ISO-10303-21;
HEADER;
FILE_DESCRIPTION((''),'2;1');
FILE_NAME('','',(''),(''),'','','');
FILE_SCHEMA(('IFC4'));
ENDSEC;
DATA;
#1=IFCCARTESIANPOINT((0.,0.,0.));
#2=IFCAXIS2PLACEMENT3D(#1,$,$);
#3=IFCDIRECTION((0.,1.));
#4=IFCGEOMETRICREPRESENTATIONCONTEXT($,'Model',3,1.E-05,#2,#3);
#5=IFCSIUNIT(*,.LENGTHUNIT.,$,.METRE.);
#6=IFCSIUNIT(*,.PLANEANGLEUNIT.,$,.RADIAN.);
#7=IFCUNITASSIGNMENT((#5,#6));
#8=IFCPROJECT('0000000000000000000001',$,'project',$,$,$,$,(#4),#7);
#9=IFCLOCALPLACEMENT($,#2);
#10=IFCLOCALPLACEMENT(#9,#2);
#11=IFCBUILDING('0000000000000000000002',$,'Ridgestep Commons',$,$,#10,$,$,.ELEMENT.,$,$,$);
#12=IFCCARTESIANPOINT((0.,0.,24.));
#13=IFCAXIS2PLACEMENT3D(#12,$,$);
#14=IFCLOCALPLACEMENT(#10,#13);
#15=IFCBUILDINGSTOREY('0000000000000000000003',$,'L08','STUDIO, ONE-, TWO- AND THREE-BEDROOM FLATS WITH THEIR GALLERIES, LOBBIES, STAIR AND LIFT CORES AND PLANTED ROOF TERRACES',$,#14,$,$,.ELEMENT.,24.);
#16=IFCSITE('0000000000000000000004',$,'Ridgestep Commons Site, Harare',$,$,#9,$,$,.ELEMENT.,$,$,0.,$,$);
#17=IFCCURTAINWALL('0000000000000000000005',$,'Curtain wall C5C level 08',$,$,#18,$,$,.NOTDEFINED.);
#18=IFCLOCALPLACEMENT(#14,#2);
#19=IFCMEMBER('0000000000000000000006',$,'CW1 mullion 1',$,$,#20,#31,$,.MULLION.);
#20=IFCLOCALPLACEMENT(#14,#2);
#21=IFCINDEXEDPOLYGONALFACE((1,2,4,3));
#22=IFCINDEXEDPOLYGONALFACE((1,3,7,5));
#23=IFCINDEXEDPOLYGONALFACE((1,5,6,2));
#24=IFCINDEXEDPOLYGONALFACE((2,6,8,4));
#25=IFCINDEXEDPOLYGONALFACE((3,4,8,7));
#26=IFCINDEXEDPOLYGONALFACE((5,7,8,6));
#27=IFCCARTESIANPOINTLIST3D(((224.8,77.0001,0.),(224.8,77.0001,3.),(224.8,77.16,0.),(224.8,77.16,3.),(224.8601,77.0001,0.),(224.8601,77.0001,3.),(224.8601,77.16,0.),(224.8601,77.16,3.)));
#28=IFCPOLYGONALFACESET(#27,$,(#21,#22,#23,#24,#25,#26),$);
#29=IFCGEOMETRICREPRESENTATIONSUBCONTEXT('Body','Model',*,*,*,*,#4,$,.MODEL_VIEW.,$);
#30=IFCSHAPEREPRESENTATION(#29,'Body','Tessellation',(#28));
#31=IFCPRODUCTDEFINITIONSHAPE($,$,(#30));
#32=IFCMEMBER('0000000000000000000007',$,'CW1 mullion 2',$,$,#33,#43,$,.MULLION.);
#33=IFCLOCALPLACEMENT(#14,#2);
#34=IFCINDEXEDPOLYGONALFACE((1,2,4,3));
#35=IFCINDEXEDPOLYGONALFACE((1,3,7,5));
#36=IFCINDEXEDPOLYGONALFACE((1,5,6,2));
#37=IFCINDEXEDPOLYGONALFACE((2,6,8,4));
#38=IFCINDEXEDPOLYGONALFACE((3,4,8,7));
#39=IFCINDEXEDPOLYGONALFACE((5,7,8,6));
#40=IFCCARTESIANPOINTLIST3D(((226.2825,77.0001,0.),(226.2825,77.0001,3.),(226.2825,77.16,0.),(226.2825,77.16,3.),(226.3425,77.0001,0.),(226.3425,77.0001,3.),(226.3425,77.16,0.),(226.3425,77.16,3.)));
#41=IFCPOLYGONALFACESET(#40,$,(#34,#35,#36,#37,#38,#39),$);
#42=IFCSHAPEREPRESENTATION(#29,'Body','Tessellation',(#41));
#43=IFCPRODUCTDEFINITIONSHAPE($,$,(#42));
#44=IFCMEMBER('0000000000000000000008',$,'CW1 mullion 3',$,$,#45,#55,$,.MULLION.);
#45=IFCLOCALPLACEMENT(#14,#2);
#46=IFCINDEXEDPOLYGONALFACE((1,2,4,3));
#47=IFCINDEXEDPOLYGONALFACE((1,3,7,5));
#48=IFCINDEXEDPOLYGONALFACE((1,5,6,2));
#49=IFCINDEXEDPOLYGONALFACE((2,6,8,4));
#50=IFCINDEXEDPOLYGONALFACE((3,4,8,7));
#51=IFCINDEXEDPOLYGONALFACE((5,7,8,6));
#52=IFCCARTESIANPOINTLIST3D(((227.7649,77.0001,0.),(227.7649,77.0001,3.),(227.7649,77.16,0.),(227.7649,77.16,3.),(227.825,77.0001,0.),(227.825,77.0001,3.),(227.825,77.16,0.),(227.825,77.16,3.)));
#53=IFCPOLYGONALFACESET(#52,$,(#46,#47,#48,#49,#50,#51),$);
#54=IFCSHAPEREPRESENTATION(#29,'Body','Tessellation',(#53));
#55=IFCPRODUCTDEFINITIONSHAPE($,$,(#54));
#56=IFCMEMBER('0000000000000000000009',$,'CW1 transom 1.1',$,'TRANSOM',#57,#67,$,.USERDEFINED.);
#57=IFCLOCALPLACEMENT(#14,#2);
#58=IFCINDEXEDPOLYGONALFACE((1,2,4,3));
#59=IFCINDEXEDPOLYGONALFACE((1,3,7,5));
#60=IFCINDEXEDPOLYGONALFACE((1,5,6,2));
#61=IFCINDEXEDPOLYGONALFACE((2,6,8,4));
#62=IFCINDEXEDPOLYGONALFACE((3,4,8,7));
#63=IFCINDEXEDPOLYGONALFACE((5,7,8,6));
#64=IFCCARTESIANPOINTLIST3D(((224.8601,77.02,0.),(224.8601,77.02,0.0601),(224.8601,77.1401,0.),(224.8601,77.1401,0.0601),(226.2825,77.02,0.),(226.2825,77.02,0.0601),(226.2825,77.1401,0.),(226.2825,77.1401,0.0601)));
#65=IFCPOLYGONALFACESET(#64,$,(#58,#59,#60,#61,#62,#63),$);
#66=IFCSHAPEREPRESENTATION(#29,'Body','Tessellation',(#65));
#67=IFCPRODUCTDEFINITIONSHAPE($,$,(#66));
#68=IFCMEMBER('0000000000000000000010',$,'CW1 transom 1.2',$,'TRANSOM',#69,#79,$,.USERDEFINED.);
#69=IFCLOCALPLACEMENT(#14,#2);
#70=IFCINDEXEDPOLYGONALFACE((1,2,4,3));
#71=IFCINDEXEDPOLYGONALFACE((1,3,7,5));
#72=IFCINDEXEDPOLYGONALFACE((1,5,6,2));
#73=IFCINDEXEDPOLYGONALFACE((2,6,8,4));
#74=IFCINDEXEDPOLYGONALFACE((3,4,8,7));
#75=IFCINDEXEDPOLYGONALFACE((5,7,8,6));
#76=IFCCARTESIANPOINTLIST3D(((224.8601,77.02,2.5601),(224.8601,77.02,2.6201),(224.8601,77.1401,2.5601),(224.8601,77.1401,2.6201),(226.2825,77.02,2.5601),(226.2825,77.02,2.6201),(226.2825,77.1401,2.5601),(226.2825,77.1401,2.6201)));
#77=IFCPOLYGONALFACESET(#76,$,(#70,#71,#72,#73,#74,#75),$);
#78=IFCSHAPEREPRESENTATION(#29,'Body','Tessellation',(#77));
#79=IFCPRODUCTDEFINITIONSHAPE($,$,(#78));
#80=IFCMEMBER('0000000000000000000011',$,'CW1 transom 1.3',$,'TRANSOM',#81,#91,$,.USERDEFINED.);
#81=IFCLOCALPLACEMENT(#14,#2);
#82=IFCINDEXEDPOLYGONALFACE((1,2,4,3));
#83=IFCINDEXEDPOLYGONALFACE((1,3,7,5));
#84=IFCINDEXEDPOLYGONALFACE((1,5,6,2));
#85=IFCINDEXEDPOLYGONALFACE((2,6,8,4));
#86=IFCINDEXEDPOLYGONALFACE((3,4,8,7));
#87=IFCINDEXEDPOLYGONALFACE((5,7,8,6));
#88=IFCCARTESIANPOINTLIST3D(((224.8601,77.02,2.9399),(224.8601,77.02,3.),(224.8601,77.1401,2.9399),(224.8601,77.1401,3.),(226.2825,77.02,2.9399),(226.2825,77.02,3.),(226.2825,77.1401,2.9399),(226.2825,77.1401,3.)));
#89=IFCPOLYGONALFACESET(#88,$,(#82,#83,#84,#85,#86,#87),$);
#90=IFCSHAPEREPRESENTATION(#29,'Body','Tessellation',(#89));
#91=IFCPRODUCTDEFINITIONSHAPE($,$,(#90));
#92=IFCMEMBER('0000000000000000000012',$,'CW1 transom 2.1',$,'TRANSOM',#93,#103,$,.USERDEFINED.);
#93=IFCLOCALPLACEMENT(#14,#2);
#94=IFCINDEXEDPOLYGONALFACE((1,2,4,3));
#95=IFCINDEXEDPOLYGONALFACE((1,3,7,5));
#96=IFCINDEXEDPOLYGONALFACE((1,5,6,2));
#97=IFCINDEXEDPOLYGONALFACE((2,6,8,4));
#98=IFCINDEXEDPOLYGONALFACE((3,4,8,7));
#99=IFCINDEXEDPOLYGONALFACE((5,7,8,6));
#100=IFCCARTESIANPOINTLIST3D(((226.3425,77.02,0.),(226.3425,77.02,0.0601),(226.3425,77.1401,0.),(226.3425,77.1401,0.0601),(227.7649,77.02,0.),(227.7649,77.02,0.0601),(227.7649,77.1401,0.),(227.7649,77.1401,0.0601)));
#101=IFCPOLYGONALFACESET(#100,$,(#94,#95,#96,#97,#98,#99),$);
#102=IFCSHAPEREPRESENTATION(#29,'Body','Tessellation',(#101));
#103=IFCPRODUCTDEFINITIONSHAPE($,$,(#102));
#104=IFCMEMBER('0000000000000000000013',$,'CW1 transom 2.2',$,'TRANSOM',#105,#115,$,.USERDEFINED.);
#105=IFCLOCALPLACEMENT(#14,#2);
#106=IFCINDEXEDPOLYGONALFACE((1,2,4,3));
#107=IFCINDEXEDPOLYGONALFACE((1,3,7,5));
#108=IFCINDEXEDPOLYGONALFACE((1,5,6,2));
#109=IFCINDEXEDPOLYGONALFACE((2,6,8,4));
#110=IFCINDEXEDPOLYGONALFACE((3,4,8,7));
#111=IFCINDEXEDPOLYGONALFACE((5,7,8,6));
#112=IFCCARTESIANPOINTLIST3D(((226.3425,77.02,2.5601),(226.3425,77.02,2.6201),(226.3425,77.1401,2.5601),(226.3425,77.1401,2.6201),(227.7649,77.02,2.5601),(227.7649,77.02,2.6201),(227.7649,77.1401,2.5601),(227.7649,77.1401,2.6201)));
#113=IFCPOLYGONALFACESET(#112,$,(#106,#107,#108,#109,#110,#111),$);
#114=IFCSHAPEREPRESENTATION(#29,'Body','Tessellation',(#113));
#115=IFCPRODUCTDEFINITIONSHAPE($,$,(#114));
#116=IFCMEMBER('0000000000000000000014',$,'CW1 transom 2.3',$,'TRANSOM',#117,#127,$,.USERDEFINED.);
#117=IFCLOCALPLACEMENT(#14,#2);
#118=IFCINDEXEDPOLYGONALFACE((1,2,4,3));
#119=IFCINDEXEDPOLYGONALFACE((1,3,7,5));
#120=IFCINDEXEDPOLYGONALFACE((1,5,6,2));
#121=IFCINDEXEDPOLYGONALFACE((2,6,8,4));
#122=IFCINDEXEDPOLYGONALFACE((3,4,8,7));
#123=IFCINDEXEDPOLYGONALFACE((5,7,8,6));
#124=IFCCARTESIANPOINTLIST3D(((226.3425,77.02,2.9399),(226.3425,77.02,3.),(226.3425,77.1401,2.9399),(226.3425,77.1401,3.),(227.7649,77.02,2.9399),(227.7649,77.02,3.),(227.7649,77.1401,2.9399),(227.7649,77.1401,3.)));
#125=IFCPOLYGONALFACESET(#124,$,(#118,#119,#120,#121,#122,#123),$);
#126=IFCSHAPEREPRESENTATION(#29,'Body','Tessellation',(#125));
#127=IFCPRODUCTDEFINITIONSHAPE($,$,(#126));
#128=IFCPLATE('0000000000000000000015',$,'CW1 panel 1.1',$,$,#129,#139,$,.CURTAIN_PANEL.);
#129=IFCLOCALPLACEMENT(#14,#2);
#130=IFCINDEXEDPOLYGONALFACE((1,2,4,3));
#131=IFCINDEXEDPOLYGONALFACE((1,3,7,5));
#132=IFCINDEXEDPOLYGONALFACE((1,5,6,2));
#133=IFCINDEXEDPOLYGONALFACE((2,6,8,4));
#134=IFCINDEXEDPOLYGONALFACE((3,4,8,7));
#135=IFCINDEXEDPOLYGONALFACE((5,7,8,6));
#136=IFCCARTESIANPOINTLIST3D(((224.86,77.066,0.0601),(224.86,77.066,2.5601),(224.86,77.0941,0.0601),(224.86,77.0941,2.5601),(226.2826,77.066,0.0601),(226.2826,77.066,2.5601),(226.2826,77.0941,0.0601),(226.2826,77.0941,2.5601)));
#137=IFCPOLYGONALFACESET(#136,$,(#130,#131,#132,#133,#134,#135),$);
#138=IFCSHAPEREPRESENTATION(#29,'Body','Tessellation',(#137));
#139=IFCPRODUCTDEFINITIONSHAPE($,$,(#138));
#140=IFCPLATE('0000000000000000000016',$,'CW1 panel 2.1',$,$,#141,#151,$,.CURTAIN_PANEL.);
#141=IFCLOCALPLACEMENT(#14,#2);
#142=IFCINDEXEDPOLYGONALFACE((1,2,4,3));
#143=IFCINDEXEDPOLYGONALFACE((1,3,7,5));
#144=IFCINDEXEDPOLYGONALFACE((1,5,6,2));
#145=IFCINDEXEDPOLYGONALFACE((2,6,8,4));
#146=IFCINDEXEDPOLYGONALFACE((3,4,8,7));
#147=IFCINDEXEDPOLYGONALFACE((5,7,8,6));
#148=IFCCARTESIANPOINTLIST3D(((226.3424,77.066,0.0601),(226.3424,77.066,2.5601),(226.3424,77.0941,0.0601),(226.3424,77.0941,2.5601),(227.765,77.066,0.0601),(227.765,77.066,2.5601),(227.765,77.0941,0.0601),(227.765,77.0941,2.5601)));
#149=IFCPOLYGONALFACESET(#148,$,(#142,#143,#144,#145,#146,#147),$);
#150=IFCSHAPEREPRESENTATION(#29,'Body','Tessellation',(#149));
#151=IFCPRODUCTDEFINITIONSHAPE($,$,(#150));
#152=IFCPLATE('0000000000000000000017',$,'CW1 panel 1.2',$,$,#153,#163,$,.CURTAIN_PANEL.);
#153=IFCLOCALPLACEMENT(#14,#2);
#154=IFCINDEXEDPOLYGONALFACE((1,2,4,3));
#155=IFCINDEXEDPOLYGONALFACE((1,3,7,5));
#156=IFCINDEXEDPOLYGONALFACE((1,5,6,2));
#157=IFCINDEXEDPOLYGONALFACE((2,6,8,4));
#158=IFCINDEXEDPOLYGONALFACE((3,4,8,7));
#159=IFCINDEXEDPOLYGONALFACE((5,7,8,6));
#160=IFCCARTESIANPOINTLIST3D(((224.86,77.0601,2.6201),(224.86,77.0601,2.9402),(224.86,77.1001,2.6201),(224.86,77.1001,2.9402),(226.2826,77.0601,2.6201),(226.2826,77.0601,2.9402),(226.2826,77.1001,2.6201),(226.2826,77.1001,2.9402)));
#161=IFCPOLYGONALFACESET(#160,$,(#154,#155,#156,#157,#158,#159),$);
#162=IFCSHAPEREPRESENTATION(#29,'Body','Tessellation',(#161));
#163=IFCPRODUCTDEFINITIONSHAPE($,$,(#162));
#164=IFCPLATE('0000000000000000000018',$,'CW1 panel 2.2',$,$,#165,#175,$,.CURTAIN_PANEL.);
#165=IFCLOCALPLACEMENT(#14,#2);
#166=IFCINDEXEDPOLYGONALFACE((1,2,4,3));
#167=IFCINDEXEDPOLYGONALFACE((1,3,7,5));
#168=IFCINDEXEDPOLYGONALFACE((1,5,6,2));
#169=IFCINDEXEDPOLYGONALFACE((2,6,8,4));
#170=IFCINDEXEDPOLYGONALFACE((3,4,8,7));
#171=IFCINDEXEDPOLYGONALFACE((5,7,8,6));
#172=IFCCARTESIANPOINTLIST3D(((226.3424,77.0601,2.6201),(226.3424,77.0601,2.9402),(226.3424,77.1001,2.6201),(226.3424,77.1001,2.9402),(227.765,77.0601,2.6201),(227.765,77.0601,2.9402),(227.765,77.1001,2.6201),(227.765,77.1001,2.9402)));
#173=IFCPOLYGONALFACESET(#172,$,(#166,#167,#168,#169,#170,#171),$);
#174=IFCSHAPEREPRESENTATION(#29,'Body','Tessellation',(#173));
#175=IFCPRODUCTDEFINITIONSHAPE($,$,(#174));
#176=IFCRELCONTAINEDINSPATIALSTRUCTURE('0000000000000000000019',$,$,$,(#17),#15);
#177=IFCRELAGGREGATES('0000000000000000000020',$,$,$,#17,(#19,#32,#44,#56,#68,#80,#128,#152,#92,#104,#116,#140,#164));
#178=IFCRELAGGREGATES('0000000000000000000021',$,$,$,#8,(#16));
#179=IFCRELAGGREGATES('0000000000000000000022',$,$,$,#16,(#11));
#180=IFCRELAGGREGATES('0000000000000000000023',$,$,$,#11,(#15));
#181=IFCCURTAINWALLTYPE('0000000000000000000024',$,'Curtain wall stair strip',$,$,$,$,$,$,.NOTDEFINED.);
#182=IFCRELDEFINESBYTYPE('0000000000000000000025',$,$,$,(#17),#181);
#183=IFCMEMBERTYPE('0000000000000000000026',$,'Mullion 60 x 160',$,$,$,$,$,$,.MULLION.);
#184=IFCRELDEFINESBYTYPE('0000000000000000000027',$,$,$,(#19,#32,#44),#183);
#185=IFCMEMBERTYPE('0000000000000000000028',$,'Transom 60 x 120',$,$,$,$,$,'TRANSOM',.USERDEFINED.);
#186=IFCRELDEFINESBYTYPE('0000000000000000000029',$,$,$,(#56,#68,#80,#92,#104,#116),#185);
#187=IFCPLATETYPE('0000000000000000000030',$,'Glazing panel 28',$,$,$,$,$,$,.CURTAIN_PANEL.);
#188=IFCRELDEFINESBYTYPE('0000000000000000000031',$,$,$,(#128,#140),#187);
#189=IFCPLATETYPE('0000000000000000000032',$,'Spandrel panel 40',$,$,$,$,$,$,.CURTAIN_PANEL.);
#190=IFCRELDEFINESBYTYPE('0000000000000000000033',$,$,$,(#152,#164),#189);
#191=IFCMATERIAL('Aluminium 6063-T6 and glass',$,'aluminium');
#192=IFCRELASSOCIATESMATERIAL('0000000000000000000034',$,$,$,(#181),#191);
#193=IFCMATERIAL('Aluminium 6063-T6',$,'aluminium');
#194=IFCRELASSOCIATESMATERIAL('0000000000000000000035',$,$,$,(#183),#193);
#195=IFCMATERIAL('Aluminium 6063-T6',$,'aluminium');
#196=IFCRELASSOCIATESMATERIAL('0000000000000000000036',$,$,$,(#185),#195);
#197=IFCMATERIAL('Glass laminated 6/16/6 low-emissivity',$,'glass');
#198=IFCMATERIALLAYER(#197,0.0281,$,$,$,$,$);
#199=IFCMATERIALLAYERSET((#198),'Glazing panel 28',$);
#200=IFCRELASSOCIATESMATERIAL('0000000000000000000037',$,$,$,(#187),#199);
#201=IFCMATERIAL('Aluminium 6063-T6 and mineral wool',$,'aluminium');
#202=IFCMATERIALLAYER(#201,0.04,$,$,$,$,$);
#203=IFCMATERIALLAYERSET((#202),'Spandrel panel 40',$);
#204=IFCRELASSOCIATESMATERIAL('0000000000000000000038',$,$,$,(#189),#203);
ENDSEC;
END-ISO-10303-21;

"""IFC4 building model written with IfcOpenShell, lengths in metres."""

from ifc_helpers import new_model, si_unit, direction, frame, origin, origin_2d, place, context, subcontext, project, spatial, rectangle, extrude, material, layer, layer_set, material_profile, profile_set, type_object, element, aggregate, save


model = new_model("IFC4")

# Units and contexts
model_context = context("Model", 3, precision=1e-05, world=origin(), true_north=direction((0.0, 1.0)))
body_context = subcontext(model_context, "Body", "Model", "MODEL_VIEW")
ifc_project = project(units=[si_unit("LENGTHUNIT", "METRE"), si_unit("PLANEANGLEUNIT", "RADIAN")], contexts=[model_context])

# Site, building, storey
site_placement = place(None, origin())
site = spatial("IfcSite", under=ifc_project, at=site_placement, Name="Ridgestep Commons Site, Harare", CompositionType="ELEMENT", RefElevation=0.0)
building_placement = place(site_placement, origin())
building = spatial("IfcBuilding", under=site, at=building_placement, Name="Ridgestep Commons", CompositionType="ELEMENT")
storey_placement = place(building_placement, frame((0.0, 0.0, 24.0)))
storey = spatial("IfcBuildingStorey", under=building, at=storey_placement, Name="L08", Description="STUDIO, ONE-, TWO- AND THREE-BEDROOM FLATS WITH THEIR GALLERIES, LOBBIES, STAIR AND LIFT CORES AND PLANTED ROOF TERRACES", CompositionType="ELEMENT", Elevation=24.0)

# Curtain wall, members, plates
ifc_material_1 = material(Name="Aluminium 6063-T6 and glass", Category="aluminium")
curtain_wall_type = type_object("IfcCurtainWallType", Name="Curtain wall stair strip", PredefinedType="NOTDEFINED", material=ifc_material_1)
curtain_wall_placement = place(storey_placement, origin())
curtain_wall = element("IfcCurtainWall", 1, at=curtain_wall_placement, inside=storey, type_object=curtain_wall_type, Name="Curtain wall C5C level 08", PredefinedType="NOTDEFINED")
ifc_material_2 = material(Name="Aluminium 6063-T6", Category="aluminium")
ifc_material_profile_1 = material_profile(ifc_material_2, rectangle(XDim=0.1599, YDim=0.0601, at=origin_2d()), Name="Mullion 60 x 160")
ifc_profile_set_1 = profile_set([ifc_material_profile_1], Name="Aluminium 6063-T6")
member_type_1 = type_object("IfcMemberType", Name="Mullion 60 x 160", PredefinedType="MULLION", material=ifc_profile_set_1)
member_1_placement = place(storey_placement, frame((224.8301, 77.0801, 0.0), z_axis=(0.0, 0.0, 1.0), x_axis=(0.0, 1.0, 0.0)))
member_1 = element("IfcMember", 2, at=member_1_placement, type_object=member_type_1, Name="CW1 mullion 1", PredefinedType="MULLION", context=body_context, shape_type="SweptSolid", body=[
    extrude(rectangle(XDim=0.1599, YDim=0.0601, at=origin_2d()), origin(), (0.0, 0.0, 1.0), 3.0),
])
member_2_placement = place(storey_placement, frame((226.3125, 77.0801, 0.0), z_axis=(0.0, 0.0, 1.0), x_axis=(0.0, 1.0, 0.0)))
member_2 = element("IfcMember", 3, at=member_2_placement, type_object=member_type_1, Name="CW1 mullion 2", PredefinedType="MULLION", context=body_context, shape_type="SweptSolid", body=[
    extrude(rectangle(XDim=0.1599, YDim=0.0601, at=origin_2d()), origin(), (0.0, 0.0, 1.0), 3.0),
])
member_3_placement = place(storey_placement, frame((227.7949, 77.0801, 0.0), z_axis=(0.0, 0.0, 1.0), x_axis=(0.0, 1.0, 0.0)))
member_3 = element("IfcMember", 4, at=member_3_placement, type_object=member_type_1, Name="CW1 mullion 3", PredefinedType="MULLION", context=body_context, shape_type="SweptSolid", body=[
    extrude(rectangle(XDim=0.1599, YDim=0.0601, at=origin_2d()), origin(), (0.0, 0.0, 1.0), 3.0),
])
ifc_material_3 = material(Name="Aluminium 6063-T6", Category="aluminium")
ifc_material_profile_2 = material_profile(ifc_material_3, rectangle(XDim=0.1201, YDim=0.0601, at=origin_2d()), Name="Transom 60 x 120")
ifc_profile_set_2 = profile_set([ifc_material_profile_2], Name="Aluminium 6063-T6")
member_type_2 = type_object("IfcMemberType", Name="Transom 60 x 120", ElementType="TRANSOM", PredefinedType="USERDEFINED", material=ifc_profile_set_2)
member_4_placement = place(storey_placement, frame((224.8601, 77.0801, 0.03), z_axis=(1.0, 0.0, 0.0), x_axis=(0.0, 1.0, 0.0)))
member_4 = element("IfcMember", 5, at=member_4_placement, type_object=member_type_2, Name="CW1 transom 1.1", ObjectType="TRANSOM", PredefinedType="USERDEFINED", context=body_context, shape_type="SweptSolid", body=[
    extrude(rectangle(XDim=0.1201, YDim=0.0601, at=origin_2d()), origin(), (0.0, 0.0, 1.0), 1.4224),
])
member_5_placement = place(storey_placement, frame((224.8601, 77.0801, 2.5901), z_axis=(1.0, 0.0, 0.0), x_axis=(0.0, 1.0, 0.0)))
member_5 = element("IfcMember", 6, at=member_5_placement, type_object=member_type_2, Name="CW1 transom 1.2", ObjectType="TRANSOM", PredefinedType="USERDEFINED", context=body_context, shape_type="SweptSolid", body=[
    extrude(rectangle(XDim=0.1201, YDim=0.0601, at=origin_2d()), origin(), (0.0, 0.0, 1.0), 1.4224),
])
member_6_placement = place(storey_placement, frame((224.8601, 77.0801, 2.97), z_axis=(1.0, 0.0, 0.0), x_axis=(0.0, 1.0, 0.0)))
member_6 = element("IfcMember", 7, at=member_6_placement, type_object=member_type_2, Name="CW1 transom 1.3", ObjectType="TRANSOM", PredefinedType="USERDEFINED", context=body_context, shape_type="SweptSolid", body=[
    extrude(rectangle(XDim=0.1201, YDim=0.0601, at=origin_2d()), origin(), (0.0, 0.0, 1.0), 1.4224),
])
member_7_placement = place(storey_placement, frame((226.3425, 77.0801, 0.03), z_axis=(1.0, 0.0, 0.0), x_axis=(0.0, 1.0, 0.0)))
member_7 = element("IfcMember", 8, at=member_7_placement, type_object=member_type_2, Name="CW1 transom 2.1", ObjectType="TRANSOM", PredefinedType="USERDEFINED", context=body_context, shape_type="SweptSolid", body=[
    extrude(rectangle(XDim=0.1201, YDim=0.0601, at=origin_2d()), origin(), (0.0, 0.0, 1.0), 1.4224),
])
member_8_placement = place(storey_placement, frame((226.3425, 77.0801, 2.5901), z_axis=(1.0, 0.0, 0.0), x_axis=(0.0, 1.0, 0.0)))
member_8 = element("IfcMember", 9, at=member_8_placement, type_object=member_type_2, Name="CW1 transom 2.2", ObjectType="TRANSOM", PredefinedType="USERDEFINED", context=body_context, shape_type="SweptSolid", body=[
    extrude(rectangle(XDim=0.1201, YDim=0.0601, at=origin_2d()), origin(), (0.0, 0.0, 1.0), 1.4224),
])
member_9_placement = place(storey_placement, frame((226.3425, 77.0801, 2.97), z_axis=(1.0, 0.0, 0.0), x_axis=(0.0, 1.0, 0.0)))
member_9 = element("IfcMember", 10, at=member_9_placement, type_object=member_type_2, Name="CW1 transom 2.3", ObjectType="TRANSOM", PredefinedType="USERDEFINED", context=body_context, shape_type="SweptSolid", body=[
    extrude(rectangle(XDim=0.1201, YDim=0.0601, at=origin_2d()), origin(), (0.0, 0.0, 1.0), 1.4224),
])
ifc_material_4 = material(Name="Glass laminated 6/16/6 low-emissivity", Category="glass")
ifc_layer_1 = layer(ifc_material_4, 0.0281)
ifc_layer_set_1 = layer_set([ifc_layer_1], Name="Glazing panel 28")
plate_type_1 = type_object("IfcPlateType", Name="Glazing panel 28", PredefinedType="CURTAIN_PANEL", material=ifc_layer_set_1)
plate_1_placement = place(storey_placement, frame((225.5713, 77.0801, 0.0601), z_axis=(0.0, 0.0, 1.0), x_axis=(1.0, 0.0, 0.0)))
plate_1 = element("IfcPlate", 11, at=plate_1_placement, type_object=plate_type_1, Name="CW1 panel 1.1", PredefinedType="CURTAIN_PANEL", context=body_context, shape_type="SweptSolid", body=[
    extrude(rectangle(XDim=1.4226, YDim=0.0281, at=origin_2d()), origin(), (0.0, 0.0, 1.0), 2.5),
])
plate_2_placement = place(storey_placement, frame((227.0537, 77.0801, 0.0601), z_axis=(0.0, 0.0, 1.0), x_axis=(1.0, 0.0, 0.0)))
plate_2 = element("IfcPlate", 12, at=plate_2_placement, type_object=plate_type_1, Name="CW1 panel 2.1", PredefinedType="CURTAIN_PANEL", context=body_context, shape_type="SweptSolid", body=[
    extrude(rectangle(XDim=1.4226, YDim=0.0281, at=origin_2d()), origin(), (0.0, 0.0, 1.0), 2.5),
])
ifc_material_5 = material(Name="Aluminium 6063-T6 and mineral wool", Category="aluminium")
ifc_layer_2 = layer(ifc_material_5, 0.04)
ifc_layer_set_2 = layer_set([ifc_layer_2], Name="Spandrel panel 40")
plate_type_2 = type_object("IfcPlateType", Name="Spandrel panel 40", PredefinedType="CURTAIN_PANEL", material=ifc_layer_set_2)
plate_3_placement = place(storey_placement, frame((225.5713, 77.0801, 2.6201), z_axis=(0.0, 0.0, 1.0), x_axis=(1.0, 0.0, 0.0)))
plate_3 = element("IfcPlate", 13, at=plate_3_placement, type_object=plate_type_2, Name="CW1 panel 1.2", PredefinedType="CURTAIN_PANEL", context=body_context, shape_type="SweptSolid", body=[
    extrude(rectangle(XDim=1.4226, YDim=0.04, at=origin_2d()), origin(), (0.0, 0.0, 1.0), 0.3201),
])
plate_4_placement = place(storey_placement, frame((227.0537, 77.0801, 2.6201), z_axis=(0.0, 0.0, 1.0), x_axis=(1.0, 0.0, 0.0)))
plate_4 = element("IfcPlate", 14, at=plate_4_placement, type_object=plate_type_2, Name="CW1 panel 2.2", PredefinedType="CURTAIN_PANEL", context=body_context, shape_type="SweptSolid", body=[
    extrude(rectangle(XDim=1.4226, YDim=0.04, at=origin_2d()), origin(), (0.0, 0.0, 1.0), 0.3201),
])
aggregate(curtain_wall, [member_1, member_2, member_3, member_4, member_5, member_6, plate_1, plate_3, member_7, member_8, member_9, plate_2, plate_4])

save(model, "model.ifc")
